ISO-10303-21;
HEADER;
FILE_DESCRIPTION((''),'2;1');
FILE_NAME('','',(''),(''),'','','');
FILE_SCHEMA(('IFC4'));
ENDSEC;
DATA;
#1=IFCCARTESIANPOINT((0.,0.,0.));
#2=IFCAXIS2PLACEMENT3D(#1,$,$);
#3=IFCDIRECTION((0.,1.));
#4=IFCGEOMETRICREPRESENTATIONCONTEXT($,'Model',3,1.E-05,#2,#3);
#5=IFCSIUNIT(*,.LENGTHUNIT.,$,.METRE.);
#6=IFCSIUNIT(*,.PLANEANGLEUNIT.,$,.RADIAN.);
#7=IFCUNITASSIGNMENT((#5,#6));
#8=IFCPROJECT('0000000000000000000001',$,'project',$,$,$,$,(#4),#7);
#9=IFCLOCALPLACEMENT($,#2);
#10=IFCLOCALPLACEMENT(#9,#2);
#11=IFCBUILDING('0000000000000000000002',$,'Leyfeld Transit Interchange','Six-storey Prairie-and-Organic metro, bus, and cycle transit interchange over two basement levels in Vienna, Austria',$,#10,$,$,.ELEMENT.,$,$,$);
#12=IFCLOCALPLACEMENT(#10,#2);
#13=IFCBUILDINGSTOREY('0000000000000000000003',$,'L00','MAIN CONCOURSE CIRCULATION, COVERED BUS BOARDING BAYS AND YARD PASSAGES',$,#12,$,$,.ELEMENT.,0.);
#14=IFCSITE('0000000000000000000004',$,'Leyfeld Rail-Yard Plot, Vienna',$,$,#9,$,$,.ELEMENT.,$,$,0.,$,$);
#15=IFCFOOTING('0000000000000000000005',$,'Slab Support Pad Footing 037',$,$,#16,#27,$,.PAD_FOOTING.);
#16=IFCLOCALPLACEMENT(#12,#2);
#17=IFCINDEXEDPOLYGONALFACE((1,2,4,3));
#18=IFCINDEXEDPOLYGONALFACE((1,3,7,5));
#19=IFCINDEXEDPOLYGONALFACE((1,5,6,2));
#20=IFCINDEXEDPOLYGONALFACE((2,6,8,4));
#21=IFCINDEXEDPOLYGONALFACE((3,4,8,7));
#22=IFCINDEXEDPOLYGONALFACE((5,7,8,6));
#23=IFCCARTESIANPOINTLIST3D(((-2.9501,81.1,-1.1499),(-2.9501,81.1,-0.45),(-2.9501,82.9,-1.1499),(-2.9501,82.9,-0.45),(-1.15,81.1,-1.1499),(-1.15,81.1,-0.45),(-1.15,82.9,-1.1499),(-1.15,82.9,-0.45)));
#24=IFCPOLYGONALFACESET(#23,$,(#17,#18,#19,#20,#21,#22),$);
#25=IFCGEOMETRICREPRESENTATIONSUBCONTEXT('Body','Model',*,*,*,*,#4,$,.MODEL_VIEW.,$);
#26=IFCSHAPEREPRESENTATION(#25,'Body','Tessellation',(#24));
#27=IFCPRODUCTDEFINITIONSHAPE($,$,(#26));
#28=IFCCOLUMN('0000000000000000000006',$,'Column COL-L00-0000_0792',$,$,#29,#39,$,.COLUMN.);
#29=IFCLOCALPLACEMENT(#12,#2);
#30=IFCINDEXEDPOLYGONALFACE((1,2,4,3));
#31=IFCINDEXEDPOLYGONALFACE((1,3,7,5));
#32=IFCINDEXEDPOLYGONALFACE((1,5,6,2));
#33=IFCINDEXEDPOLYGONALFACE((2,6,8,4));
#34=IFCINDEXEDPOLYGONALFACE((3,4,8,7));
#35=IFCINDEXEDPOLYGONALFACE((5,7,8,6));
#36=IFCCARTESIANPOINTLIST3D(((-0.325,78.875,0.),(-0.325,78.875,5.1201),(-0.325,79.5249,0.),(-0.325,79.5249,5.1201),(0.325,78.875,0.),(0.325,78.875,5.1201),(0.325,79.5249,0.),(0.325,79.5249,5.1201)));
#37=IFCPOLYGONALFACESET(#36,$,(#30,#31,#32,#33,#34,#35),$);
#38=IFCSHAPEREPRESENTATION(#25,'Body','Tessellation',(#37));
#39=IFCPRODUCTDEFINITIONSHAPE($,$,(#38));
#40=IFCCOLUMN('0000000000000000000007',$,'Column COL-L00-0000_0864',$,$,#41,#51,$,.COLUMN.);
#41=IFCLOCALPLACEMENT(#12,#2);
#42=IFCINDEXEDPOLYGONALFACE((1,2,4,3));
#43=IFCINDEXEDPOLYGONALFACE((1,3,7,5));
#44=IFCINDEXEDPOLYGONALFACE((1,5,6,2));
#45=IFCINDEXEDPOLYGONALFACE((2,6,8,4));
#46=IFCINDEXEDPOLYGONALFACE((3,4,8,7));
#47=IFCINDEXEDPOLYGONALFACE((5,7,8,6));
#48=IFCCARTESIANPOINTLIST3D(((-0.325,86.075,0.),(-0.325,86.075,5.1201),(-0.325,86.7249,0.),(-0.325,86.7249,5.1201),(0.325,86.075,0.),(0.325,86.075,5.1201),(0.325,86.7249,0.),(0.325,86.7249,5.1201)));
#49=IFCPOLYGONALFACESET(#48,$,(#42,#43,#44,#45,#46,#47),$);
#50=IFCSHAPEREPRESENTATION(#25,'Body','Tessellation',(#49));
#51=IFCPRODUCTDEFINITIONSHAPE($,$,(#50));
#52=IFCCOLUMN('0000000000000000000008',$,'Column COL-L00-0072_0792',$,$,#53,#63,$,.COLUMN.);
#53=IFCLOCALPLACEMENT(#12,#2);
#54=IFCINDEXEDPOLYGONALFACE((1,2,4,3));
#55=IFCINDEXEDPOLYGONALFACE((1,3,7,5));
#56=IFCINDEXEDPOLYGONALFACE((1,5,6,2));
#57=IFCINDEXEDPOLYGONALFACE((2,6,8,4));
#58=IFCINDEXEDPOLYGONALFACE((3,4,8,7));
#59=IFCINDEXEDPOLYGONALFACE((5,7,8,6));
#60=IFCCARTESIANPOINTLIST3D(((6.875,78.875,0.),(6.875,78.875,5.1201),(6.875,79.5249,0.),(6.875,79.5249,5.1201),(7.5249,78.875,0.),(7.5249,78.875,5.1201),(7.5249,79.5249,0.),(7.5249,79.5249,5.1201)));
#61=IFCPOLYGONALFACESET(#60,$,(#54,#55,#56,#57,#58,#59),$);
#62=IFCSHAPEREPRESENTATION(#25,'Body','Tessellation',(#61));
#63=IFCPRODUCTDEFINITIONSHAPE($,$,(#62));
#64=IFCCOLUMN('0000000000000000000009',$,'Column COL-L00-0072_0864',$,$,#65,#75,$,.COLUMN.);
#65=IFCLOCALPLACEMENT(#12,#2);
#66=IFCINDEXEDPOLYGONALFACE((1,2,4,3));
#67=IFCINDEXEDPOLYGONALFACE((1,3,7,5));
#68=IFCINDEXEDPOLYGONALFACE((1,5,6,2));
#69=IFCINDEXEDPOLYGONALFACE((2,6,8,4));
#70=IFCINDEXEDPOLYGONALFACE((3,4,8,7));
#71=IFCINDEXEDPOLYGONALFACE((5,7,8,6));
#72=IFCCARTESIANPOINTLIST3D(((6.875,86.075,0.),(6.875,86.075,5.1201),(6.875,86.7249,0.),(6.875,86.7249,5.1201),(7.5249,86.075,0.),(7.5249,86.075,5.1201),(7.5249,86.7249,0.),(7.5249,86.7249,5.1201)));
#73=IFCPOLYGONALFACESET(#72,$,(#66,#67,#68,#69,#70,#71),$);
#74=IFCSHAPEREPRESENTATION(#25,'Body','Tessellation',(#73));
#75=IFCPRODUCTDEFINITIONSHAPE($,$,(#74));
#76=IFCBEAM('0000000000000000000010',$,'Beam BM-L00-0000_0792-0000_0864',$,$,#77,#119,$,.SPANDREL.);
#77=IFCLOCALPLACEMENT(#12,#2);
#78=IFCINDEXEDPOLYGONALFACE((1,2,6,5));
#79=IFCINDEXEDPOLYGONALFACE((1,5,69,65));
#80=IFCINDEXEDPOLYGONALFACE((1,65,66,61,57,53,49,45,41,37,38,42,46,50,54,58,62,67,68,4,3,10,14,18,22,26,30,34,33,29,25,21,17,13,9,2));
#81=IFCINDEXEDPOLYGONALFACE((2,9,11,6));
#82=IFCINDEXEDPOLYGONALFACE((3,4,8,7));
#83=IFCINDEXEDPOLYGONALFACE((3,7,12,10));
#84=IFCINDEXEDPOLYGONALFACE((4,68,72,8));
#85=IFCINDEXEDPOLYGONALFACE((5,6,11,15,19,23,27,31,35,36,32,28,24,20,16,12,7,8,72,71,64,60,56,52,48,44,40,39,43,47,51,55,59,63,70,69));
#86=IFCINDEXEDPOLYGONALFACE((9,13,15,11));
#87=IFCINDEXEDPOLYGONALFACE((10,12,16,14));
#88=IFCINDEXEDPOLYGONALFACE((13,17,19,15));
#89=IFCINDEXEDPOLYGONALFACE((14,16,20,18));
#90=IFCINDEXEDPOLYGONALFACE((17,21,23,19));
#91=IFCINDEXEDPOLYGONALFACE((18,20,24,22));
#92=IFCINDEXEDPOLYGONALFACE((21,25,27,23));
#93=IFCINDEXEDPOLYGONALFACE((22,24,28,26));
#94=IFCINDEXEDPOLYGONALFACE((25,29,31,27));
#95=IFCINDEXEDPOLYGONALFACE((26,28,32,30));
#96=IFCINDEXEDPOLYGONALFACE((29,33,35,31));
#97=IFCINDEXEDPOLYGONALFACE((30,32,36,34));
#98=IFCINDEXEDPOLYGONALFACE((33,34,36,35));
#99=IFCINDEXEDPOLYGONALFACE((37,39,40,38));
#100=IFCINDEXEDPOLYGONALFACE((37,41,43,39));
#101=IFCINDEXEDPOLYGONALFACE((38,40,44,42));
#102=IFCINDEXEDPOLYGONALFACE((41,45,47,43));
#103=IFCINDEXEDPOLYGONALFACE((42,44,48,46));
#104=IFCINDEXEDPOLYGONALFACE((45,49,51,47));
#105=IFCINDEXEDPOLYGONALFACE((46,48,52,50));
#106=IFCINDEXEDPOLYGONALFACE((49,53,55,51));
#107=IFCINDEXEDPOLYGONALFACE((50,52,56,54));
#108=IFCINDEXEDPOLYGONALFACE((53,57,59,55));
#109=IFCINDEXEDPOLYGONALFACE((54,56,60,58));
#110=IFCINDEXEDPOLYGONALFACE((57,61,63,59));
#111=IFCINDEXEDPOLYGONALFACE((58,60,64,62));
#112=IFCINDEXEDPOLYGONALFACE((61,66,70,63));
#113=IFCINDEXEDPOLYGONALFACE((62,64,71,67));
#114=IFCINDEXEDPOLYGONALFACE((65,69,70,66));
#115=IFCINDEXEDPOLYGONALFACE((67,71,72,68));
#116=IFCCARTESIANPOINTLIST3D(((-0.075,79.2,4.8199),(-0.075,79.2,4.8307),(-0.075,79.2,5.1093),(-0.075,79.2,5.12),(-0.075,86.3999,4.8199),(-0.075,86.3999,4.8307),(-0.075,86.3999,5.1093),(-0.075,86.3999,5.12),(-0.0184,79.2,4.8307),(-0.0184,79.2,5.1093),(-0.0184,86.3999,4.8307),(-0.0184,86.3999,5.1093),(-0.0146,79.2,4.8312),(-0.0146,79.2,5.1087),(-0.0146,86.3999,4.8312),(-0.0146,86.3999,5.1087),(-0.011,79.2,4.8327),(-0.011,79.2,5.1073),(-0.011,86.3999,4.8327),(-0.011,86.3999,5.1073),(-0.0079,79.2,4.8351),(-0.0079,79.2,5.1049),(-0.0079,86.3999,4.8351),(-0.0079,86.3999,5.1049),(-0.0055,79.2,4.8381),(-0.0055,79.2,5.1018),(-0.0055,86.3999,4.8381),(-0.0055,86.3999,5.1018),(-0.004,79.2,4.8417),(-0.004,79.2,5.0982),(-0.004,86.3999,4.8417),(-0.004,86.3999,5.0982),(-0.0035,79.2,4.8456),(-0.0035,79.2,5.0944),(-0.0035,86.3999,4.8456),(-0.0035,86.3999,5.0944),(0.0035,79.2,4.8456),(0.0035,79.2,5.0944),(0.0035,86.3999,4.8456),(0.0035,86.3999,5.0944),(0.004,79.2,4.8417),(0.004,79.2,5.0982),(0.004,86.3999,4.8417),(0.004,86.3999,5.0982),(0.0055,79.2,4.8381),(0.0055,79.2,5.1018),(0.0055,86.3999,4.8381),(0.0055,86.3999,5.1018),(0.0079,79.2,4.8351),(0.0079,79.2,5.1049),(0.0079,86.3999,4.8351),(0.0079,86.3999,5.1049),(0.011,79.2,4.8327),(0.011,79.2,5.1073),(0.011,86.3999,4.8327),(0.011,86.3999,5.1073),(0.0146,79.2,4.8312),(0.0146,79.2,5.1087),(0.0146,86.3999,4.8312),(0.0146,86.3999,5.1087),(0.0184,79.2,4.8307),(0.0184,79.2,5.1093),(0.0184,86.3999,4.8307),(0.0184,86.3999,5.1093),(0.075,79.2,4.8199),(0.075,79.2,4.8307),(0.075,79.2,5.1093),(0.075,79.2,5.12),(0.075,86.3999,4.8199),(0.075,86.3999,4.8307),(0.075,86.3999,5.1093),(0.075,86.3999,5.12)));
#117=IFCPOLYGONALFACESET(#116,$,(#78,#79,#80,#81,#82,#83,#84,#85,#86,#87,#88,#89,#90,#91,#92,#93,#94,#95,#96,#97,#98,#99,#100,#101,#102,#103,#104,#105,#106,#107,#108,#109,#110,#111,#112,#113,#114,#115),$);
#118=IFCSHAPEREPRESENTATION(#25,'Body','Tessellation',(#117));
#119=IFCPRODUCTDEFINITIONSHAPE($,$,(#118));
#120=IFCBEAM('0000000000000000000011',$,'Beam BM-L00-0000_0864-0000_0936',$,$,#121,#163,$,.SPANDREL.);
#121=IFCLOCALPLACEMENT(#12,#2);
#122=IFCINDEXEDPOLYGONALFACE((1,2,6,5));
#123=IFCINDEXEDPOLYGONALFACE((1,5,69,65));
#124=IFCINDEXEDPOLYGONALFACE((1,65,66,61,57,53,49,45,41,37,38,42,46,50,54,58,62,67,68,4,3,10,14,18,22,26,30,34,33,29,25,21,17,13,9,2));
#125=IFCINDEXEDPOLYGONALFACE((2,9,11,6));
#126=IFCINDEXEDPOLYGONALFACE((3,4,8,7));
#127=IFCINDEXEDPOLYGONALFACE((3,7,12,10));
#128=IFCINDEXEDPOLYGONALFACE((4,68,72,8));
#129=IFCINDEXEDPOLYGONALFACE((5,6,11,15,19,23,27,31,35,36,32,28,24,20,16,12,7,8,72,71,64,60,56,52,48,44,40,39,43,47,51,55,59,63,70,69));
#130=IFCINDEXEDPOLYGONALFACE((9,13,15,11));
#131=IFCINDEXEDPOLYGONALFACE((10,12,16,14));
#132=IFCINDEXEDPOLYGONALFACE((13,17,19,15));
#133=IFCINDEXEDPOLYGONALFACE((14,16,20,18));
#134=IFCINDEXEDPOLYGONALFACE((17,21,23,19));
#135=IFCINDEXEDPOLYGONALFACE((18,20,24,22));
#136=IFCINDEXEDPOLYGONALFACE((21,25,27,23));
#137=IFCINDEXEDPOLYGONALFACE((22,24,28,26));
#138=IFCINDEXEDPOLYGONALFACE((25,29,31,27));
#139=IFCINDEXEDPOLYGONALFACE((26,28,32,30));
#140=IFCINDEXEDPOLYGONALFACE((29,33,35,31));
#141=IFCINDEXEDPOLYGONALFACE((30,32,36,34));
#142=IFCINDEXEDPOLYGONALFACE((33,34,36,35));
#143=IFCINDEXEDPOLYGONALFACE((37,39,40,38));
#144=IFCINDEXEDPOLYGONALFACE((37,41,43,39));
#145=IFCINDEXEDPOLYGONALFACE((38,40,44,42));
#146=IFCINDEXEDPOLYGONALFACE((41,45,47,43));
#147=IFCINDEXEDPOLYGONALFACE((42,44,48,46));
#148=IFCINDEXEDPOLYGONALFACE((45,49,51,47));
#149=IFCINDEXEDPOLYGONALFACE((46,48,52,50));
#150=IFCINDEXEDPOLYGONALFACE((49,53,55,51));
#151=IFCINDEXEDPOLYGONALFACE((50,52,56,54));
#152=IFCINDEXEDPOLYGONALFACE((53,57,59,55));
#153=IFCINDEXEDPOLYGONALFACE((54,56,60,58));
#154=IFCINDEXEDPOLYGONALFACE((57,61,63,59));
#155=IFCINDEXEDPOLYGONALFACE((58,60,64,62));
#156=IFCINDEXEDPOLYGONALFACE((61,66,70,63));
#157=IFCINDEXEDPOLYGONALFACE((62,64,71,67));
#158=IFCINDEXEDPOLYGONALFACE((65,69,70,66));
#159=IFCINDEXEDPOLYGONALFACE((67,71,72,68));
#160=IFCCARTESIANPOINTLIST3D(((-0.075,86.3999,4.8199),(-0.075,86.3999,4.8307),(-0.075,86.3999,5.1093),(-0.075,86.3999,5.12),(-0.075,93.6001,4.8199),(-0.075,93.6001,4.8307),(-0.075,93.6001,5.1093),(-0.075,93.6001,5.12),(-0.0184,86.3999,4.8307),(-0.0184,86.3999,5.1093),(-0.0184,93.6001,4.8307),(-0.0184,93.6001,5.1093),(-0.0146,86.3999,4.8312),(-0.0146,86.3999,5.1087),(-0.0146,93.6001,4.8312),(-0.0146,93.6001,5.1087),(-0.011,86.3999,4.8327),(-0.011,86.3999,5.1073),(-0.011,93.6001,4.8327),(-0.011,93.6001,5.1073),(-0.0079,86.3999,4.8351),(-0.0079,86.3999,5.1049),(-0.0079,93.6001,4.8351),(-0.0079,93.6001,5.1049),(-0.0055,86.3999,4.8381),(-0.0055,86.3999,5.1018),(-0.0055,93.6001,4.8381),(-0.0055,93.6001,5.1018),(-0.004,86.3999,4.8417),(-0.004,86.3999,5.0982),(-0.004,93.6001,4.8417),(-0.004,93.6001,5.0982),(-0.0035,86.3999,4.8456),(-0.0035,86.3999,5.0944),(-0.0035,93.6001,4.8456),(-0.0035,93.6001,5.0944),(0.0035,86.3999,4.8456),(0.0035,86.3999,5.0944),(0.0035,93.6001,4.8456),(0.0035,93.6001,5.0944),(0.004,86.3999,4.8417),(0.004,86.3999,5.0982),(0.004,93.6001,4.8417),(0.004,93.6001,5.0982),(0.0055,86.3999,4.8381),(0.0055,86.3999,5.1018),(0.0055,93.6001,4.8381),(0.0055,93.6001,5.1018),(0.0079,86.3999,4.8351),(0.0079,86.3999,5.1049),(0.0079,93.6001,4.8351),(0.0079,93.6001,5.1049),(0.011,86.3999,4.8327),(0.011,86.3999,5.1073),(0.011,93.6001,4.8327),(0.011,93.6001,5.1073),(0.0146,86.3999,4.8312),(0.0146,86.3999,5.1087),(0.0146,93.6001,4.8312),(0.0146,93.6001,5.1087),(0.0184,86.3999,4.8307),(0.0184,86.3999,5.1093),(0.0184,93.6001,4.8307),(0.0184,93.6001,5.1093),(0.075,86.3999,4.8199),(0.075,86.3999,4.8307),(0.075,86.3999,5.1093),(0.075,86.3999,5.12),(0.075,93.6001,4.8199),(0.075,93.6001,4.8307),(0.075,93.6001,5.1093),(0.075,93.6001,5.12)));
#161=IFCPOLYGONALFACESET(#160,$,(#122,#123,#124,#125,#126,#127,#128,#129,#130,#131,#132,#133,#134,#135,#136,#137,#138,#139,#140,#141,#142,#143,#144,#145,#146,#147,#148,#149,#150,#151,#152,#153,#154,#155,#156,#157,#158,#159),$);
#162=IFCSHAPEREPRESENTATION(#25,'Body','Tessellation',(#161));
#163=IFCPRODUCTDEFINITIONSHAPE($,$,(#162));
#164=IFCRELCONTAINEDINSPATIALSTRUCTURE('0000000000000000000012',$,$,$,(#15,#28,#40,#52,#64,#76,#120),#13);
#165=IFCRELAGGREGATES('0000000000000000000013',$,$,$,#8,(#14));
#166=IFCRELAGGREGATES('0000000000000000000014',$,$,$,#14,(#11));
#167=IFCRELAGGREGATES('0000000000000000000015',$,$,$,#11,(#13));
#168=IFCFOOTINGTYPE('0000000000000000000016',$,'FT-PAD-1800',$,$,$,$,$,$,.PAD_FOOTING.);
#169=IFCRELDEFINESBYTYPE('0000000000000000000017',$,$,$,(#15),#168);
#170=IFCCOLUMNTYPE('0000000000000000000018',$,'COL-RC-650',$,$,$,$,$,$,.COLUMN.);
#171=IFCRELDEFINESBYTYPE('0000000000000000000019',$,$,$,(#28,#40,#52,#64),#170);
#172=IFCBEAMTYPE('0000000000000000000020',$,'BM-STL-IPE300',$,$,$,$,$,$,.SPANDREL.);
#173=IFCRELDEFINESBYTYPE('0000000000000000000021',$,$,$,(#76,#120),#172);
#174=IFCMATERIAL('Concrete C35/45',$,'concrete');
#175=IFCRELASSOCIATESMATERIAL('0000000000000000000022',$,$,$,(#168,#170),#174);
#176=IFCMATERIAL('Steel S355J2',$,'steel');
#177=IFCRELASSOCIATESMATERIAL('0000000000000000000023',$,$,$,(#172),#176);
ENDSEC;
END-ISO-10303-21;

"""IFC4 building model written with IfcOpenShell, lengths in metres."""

from ifc_helpers import new_model, si_unit, direction, frame, origin, origin_2d, place, context, subcontext, project, spatial, rectangle, i_section, extrude, material, material_profile, profile_set, type_object, element, save


model = new_model("IFC4")

# Units and contexts
model_context = context("Model", 3, precision=1e-05, world=origin(), true_north=direction((0.0, 1.0)))
body_context = subcontext(model_context, "Body", "Model", "MODEL_VIEW")
ifc_project = project(units=[si_unit("LENGTHUNIT", "METRE"), si_unit("PLANEANGLEUNIT", "RADIAN")], contexts=[model_context])

# Site, building, storey
site_placement = place(None, origin())
site = spatial("IfcSite", under=ifc_project, at=site_placement, Name="Leyfeld Rail-Yard Plot, Vienna", CompositionType="ELEMENT", RefElevation=0.0)
building_placement = place(site_placement, origin())
building = spatial("IfcBuilding", under=site, at=building_placement, Name="Leyfeld Transit Interchange", Description="Six-storey Prairie-and-Organic metro, bus, and cycle transit interchange over two basement levels in Vienna, Austria", CompositionType="ELEMENT")
storey_placement = place(building_placement, origin())
storey = spatial("IfcBuildingStorey", under=building, at=storey_placement, Name="L00", Description="MAIN CONCOURSE CIRCULATION, COVERED BUS BOARDING BAYS AND YARD PASSAGES", CompositionType="ELEMENT", Elevation=0.0)

# Footing
ifc_material_1 = material(Name="Concrete C35/45", Category="concrete")
footing_type = type_object("IfcFootingType", Name="FT-PAD-1800", PredefinedType="PAD_FOOTING", material=ifc_material_1)
footing_placement = place(storey_placement, frame((-2.05, 82.0, -1.1499), z_axis=(0.0, 0.0, 1.0), x_axis=(1.0, 0.0, 0.0)))
element("IfcFooting", 1, at=footing_placement, inside=storey, type_object=footing_type, Name="Slab Support Pad Footing 037", PredefinedType="PAD_FOOTING", context=body_context, shape_type="SweptSolid", body=[
    extrude(rectangle(XDim=1.8, YDim=1.8, at=origin_2d()), origin(), (0.0, 0.0, 1.0), 0.7),
])

# Columns
ifc_material_profile_1 = material_profile(ifc_material_1, rectangle(XDim=0.6499, YDim=0.6499, at=origin_2d()), Name="RC 650x650")
ifc_profile_set_1 = profile_set([ifc_material_profile_1], Name="Concrete C35/45")
column_type = type_object("IfcColumnType", Name="COL-RC-650", PredefinedType="COLUMN", material=ifc_profile_set_1)
for number, where, z_axis, x_axis, name in (
    (2, (0.0, 79.2, 0.0), (0.0, 0.0, 1.0), (0.0, 1.0, 0.0), "Column COL-L00-0000_0792"),
    (3, (0.0, 86.3999, 0.0), (0.0, 0.0, 1.0), (0.0, 1.0, 0.0), "Column COL-L00-0000_0864"),
    (4, (7.2, 79.2, 0.0), (0.0, 0.0, 1.0), (1.0, 0.0, 0.0), "Column COL-L00-0072_0792"),
    (5, (7.2, 86.3999, 0.0), (0.0, 0.0, 1.0), (1.0, 0.0, 0.0), "Column COL-L00-0072_0864"),
):
    element("IfcColumn", number, at=place(storey_placement, frame(where, z_axis=z_axis, x_axis=x_axis)), inside=storey, type_object=column_type, Name=name, PredefinedType="COLUMN", context=body_context, shape_type="SweptSolid", body=[
        extrude(rectangle(XDim=0.6499, YDim=0.6499, at=origin_2d()), origin(), (0.0, 0.0, 1.0), 5.1201),
    ])

# Beams
ifc_material_2 = material(Name="Steel S355J2", Category="steel")
ifc_material_profile_2 = material_profile(ifc_material_2, i_section(OverallWidth=0.1499, OverallDepth=0.3, WebThickness=0.0071, FlangeThickness=0.0107, FilletRadius=0.0149, at=origin_2d()), Name="IPE 300")
ifc_profile_set_2 = profile_set([ifc_material_profile_2], Name="Steel S355J2")
beam_type_1 = type_object("IfcBeamType", Name="BM-STL-IPE300", PredefinedType="SPANDREL", material=ifc_profile_set_2)
beam_1_placement = place(storey_placement, frame((0.0, 79.2, 4.97), z_axis=(0.0, 1.0, 0.0), x_axis=(-1.0, 0.0, 0.0)))
element("IfcBeam", 6, at=beam_1_placement, inside=storey, type_object=beam_type_1, Name="Beam BM-L00-0000_0792-0000_0864", PredefinedType="SPANDREL", context=body_context, shape_type="SweptSolid", body=[
    extrude(i_section(OverallWidth=0.1499, OverallDepth=0.3, WebThickness=0.0071, FlangeThickness=0.0107, FilletRadius=0.0149, at=origin_2d()), origin(), (0.0, 0.0, 1.0), 7.2),
])
beam_2_placement = place(storey_placement, frame((0.0, 86.3999, 4.97), z_axis=(0.0, 1.0, 0.0), x_axis=(-1.0, 0.0, 0.0)))
element("IfcBeam", 7, at=beam_2_placement, inside=storey, type_object=beam_type_1, Name="Beam BM-L00-0000_0864-0000_0936", PredefinedType="SPANDREL", context=body_context, shape_type="SweptSolid", body=[
    extrude(i_section(OverallWidth=0.1499, OverallDepth=0.3, WebThickness=0.0071, FlangeThickness=0.0107, FilletRadius=0.0149, at=origin_2d()), origin(), (0.0, 0.0, 1.0), 7.2002),
])

save(model, "model.ifc")
